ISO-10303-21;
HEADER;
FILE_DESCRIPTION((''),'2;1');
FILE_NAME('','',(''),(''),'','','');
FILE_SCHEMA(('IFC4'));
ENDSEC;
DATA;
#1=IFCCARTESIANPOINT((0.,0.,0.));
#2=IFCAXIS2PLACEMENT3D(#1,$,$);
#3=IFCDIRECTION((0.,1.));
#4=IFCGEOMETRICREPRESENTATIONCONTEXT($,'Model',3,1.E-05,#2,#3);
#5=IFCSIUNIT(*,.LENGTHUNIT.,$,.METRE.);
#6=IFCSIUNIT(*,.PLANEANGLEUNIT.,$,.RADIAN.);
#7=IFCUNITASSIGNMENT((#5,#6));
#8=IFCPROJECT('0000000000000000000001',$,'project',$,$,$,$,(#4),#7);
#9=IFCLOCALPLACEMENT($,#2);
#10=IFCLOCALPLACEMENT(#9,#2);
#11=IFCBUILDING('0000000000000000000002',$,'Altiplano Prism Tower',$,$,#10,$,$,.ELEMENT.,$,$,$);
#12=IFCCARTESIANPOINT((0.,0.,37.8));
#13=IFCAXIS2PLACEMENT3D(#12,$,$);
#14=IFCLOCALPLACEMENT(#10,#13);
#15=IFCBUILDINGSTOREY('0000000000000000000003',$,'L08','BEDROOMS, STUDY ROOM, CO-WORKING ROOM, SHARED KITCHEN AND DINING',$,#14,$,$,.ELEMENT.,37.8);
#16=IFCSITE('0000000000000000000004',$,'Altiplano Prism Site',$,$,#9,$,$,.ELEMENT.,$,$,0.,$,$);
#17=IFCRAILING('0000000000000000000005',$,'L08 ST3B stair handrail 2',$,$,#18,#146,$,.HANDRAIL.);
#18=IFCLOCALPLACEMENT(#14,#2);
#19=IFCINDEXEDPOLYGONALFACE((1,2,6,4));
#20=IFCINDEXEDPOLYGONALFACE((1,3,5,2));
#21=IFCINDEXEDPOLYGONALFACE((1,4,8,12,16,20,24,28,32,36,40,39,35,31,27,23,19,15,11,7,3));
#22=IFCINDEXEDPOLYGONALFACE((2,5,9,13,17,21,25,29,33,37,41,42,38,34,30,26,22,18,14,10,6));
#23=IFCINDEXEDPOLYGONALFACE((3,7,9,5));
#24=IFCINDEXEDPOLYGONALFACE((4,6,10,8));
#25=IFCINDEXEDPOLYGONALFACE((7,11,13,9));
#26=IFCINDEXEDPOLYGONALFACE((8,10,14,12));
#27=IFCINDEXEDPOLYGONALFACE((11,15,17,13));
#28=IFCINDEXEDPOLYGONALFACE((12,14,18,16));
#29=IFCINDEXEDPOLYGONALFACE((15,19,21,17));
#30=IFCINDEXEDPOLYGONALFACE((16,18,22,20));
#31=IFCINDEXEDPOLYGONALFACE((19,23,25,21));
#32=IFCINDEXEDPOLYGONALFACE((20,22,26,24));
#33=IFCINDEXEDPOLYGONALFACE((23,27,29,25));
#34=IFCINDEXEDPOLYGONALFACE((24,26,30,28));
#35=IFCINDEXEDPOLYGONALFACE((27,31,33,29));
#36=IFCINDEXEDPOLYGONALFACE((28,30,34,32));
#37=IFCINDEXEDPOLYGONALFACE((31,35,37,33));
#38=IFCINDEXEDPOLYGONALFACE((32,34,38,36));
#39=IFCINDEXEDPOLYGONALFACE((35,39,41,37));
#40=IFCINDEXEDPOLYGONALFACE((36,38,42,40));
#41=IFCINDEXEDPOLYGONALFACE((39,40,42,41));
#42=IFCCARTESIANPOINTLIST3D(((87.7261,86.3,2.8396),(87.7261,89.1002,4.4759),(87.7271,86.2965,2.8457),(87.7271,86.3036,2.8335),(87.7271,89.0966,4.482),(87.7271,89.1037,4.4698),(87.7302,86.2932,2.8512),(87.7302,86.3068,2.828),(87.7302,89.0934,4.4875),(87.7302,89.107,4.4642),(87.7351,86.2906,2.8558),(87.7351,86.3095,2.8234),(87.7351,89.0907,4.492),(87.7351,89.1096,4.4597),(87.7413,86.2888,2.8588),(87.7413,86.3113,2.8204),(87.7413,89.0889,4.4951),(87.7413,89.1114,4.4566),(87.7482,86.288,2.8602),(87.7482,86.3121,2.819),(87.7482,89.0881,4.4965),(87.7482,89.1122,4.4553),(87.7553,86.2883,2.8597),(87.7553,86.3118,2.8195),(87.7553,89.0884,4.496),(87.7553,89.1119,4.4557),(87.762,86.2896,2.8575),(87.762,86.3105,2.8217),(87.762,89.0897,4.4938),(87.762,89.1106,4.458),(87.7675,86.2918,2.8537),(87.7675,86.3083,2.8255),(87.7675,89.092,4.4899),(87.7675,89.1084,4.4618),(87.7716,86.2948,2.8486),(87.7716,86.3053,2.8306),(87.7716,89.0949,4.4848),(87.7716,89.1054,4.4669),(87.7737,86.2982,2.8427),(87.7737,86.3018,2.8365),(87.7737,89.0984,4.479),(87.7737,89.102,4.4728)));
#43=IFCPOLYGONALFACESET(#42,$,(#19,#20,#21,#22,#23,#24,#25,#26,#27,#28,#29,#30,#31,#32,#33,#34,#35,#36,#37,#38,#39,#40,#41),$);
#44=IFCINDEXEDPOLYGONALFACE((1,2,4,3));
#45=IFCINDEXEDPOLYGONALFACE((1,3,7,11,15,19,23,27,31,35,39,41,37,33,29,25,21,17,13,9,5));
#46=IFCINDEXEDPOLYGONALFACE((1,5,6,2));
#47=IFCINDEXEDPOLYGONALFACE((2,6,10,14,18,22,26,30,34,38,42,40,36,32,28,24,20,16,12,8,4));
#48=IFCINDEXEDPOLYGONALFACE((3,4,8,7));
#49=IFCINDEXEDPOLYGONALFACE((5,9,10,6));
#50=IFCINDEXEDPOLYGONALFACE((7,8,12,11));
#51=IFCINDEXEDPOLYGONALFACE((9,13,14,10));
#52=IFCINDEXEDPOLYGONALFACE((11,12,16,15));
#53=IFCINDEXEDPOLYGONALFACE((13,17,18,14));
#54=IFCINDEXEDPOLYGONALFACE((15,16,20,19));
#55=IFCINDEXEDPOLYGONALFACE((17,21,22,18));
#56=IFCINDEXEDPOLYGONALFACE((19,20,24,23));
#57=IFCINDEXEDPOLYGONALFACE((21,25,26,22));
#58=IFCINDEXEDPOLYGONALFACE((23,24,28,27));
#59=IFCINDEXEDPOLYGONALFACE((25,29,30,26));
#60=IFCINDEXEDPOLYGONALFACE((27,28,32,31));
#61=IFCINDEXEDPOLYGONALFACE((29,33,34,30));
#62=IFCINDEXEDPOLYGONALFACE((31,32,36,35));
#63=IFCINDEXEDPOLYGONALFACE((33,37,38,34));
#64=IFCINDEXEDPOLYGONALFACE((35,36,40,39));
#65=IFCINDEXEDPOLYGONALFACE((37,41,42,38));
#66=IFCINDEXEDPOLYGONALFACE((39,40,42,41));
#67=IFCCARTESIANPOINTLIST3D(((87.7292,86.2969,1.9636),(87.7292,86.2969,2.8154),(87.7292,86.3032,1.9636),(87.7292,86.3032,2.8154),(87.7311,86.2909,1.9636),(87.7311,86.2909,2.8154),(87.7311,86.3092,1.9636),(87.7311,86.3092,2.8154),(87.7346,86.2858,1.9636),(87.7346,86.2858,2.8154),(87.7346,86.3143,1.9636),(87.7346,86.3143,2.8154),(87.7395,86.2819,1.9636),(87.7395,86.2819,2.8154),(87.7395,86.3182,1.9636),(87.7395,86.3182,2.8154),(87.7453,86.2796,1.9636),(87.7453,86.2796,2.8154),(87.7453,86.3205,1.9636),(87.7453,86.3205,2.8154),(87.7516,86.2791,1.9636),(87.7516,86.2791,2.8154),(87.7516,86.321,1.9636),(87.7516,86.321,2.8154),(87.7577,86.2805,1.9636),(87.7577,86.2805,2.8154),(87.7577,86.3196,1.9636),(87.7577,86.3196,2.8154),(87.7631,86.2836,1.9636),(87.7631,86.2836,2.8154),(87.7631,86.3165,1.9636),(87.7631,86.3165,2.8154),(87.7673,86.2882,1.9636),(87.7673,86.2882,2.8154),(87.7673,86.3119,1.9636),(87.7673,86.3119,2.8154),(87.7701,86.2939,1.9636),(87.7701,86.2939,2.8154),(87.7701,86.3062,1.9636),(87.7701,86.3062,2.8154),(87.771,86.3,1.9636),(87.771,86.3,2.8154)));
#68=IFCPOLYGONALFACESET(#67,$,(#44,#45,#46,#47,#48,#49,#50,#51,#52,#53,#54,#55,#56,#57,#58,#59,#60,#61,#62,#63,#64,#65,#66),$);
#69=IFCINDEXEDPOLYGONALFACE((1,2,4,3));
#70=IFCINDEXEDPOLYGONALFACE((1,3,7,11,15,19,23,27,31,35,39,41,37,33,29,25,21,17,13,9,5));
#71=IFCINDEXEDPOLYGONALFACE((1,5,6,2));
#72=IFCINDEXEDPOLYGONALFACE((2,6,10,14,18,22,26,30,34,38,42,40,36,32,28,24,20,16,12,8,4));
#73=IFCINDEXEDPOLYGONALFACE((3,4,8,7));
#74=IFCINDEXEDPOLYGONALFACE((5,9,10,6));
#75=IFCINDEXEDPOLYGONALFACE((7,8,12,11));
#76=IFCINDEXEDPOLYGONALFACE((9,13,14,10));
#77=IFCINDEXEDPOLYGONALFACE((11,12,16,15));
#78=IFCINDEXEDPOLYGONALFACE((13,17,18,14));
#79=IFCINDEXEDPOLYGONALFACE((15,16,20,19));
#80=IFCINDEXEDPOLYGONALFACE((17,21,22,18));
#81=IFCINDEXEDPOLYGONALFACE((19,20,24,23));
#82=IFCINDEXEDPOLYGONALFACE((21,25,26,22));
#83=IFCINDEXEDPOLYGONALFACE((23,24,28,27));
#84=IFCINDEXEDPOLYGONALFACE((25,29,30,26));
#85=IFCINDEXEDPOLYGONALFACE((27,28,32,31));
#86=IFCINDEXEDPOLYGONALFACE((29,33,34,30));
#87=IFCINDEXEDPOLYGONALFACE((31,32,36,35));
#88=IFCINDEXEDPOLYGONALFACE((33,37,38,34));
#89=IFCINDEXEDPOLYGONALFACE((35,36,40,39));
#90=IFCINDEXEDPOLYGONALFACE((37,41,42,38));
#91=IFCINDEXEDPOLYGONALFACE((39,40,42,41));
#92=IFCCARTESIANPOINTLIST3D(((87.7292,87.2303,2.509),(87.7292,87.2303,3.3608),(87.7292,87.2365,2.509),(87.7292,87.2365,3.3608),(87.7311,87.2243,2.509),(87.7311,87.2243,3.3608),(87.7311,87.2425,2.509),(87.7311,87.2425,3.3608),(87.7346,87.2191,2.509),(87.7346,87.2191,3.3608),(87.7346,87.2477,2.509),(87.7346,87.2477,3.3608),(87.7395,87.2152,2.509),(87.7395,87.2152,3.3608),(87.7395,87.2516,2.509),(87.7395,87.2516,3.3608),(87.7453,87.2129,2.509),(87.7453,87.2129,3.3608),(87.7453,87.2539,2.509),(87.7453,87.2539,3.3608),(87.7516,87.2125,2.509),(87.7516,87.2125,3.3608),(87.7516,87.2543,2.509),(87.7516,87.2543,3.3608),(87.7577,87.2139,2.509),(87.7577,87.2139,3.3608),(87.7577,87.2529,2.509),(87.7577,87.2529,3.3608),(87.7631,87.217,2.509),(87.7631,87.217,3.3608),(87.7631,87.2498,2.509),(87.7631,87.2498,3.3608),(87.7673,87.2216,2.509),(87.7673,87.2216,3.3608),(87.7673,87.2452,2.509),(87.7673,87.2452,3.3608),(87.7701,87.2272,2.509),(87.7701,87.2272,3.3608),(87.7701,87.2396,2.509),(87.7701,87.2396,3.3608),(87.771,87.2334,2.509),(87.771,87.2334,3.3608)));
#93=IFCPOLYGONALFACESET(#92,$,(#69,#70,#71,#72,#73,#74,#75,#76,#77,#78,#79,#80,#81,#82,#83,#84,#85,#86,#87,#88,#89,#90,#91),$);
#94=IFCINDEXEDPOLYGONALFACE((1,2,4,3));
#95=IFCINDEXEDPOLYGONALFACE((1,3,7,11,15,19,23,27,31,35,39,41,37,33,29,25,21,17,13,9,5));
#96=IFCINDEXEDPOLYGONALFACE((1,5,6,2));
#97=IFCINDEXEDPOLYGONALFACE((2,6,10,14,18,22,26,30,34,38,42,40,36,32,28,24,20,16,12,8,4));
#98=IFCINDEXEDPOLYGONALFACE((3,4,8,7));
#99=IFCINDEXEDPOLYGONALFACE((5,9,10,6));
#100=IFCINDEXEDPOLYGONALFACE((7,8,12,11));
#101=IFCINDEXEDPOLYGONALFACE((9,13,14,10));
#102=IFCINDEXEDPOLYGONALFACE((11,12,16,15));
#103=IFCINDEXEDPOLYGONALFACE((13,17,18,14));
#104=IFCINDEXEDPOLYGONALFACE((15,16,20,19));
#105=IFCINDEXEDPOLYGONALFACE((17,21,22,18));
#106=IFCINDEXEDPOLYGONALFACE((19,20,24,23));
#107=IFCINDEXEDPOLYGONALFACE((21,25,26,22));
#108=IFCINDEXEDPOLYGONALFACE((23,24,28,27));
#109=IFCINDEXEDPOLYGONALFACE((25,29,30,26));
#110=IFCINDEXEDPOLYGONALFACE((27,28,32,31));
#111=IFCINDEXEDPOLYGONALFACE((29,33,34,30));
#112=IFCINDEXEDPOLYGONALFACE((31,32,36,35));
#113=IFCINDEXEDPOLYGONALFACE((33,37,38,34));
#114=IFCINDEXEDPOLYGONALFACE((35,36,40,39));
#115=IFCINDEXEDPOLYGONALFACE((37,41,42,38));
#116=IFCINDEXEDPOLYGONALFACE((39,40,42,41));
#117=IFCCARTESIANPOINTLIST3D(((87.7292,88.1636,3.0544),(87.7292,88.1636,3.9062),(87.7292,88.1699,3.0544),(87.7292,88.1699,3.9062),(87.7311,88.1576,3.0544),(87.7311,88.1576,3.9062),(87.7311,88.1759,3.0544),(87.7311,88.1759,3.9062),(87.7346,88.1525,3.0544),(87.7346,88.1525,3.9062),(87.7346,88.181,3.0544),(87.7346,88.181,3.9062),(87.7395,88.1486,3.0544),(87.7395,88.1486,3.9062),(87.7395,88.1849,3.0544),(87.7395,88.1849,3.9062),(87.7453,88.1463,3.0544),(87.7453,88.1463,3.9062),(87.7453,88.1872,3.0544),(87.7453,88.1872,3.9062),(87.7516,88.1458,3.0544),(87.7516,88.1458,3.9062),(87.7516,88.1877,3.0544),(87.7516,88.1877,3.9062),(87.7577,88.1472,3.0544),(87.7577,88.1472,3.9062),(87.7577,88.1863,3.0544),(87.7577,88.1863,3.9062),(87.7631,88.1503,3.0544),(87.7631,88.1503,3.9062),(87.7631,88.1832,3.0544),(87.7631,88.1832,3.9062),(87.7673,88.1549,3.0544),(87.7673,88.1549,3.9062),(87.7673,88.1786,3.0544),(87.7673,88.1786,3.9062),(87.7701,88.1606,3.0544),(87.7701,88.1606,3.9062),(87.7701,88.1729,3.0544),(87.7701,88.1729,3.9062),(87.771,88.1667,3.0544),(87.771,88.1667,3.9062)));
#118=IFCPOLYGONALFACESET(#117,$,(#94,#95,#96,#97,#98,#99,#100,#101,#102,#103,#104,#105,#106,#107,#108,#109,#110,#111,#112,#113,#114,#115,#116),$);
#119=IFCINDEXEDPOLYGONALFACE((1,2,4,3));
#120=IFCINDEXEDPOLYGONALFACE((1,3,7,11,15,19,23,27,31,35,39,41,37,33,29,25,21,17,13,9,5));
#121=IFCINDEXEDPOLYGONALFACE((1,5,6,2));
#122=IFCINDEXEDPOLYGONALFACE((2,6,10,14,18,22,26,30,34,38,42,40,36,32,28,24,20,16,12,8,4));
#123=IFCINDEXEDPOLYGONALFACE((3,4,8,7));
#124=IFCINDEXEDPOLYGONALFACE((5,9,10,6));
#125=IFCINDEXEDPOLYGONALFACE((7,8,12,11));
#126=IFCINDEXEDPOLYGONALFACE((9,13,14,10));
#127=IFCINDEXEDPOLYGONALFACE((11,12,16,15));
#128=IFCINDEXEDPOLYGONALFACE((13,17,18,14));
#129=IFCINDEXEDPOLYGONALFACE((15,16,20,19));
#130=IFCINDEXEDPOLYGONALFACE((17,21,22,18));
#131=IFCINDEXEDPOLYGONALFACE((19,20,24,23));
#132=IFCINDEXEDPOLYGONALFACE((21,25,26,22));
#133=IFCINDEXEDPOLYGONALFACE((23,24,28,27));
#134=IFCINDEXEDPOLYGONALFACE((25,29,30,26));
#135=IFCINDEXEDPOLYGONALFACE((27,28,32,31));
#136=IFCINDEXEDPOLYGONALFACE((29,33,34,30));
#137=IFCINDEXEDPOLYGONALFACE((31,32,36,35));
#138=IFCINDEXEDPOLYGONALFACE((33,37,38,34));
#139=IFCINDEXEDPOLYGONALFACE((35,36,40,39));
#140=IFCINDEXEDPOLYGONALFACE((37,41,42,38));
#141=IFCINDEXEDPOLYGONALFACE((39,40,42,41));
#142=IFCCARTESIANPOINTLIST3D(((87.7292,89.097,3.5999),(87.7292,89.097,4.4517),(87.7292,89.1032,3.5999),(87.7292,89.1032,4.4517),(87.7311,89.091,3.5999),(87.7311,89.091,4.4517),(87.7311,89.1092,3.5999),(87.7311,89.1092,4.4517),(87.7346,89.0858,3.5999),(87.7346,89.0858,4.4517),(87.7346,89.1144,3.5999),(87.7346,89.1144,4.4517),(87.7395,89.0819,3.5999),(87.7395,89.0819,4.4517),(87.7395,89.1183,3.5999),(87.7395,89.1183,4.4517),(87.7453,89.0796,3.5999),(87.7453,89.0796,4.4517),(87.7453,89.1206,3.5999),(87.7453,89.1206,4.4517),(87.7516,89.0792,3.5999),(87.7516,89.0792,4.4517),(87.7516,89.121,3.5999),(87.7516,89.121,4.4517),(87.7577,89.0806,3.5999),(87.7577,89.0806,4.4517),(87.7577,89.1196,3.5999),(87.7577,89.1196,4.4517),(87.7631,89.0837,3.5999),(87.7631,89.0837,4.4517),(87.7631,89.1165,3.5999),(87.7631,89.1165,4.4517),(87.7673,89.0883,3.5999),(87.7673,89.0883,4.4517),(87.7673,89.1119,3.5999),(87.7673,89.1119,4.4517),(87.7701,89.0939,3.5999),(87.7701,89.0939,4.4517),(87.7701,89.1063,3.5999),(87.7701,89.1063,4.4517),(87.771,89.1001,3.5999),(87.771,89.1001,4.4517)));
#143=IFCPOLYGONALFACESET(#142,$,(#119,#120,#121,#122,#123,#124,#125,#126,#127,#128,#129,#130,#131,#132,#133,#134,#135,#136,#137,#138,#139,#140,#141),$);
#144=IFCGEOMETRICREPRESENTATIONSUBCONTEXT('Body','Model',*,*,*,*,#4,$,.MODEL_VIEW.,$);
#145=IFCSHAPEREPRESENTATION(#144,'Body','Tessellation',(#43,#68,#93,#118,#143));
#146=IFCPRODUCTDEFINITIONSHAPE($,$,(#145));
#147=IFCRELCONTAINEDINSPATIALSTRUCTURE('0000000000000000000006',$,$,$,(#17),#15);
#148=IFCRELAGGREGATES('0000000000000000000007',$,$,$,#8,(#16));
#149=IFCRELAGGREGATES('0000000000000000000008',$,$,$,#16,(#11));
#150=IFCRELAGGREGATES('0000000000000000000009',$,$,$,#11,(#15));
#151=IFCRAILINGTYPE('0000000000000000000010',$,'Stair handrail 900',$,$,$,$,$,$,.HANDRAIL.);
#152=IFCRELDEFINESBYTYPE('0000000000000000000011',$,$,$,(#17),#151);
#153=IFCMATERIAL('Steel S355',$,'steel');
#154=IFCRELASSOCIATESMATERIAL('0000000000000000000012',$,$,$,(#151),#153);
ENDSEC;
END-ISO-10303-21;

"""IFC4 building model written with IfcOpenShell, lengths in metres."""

from ifc_helpers import new_model, si_unit, direction, frame, origin, origin_2d, place, context, subcontext, project, spatial, circle, extrude, material, type_object, element, save


model = new_model("IFC4")

# Units and contexts
model_context = context("Model", 3, precision=1e-05, world=origin(), true_north=direction((0.0, 1.0)))
body_context = subcontext(model_context, "Body", "Model", "MODEL_VIEW")
ifc_project = project(units=[si_unit("LENGTHUNIT", "METRE"), si_unit("PLANEANGLEUNIT", "RADIAN")], contexts=[model_context])

# Site, building, storey
site_placement = place(None, origin())
site = spatial("IfcSite", under=ifc_project, at=site_placement, Name="Altiplano Prism Site", CompositionType="ELEMENT", RefElevation=0.0)
building_placement = place(site_placement, origin())
building = spatial("IfcBuilding", under=site, at=building_placement, Name="Altiplano Prism Tower", CompositionType="ELEMENT")
storey_placement = place(building_placement, frame((0.0, 0.0, 37.8)))
storey = spatial("IfcBuildingStorey", under=building, at=storey_placement, Name="L08", Description="BEDROOMS, STUDY ROOM, CO-WORKING ROOM, SHARED KITCHEN AND DINING", CompositionType="ELEMENT", Elevation=37.8)

# Railing
ifc_material_1 = material(Name="Steel S355", Category="steel")
railing_type_1 = type_object("IfcRailingType", Name="Stair handrail 900", PredefinedType="HANDRAIL", material=ifc_material_1)
railing_1_placement = place(storey_placement, frame((87.75, 86.3, 1.9636)))
element("IfcRailing", 1, at=railing_1_placement, inside=storey, type_object=railing_type_1, Name="L08 ST3B stair handrail 2", PredefinedType="HANDRAIL", context=body_context, shape_type="SweptSolid", body=[
    extrude(circle(Radius=0.0239, at=origin_2d()), frame((0.0, 0.0, 0.876), z_axis=(0.0, 0.863394, 0.504531), x_axis=(-1.0, 0.0, 0.0)), (0.0, 0.0, 1.0), 3.2432),
    extrude(circle(Radius=0.021, at=origin_2d()), origin(), (0.0, 0.0, 1.0), 0.8518),
    extrude(circle(Radius=0.021, at=origin_2d()), frame((0.0, 0.9333, 0.5454)), (0.0, 0.0, 1.0), 0.8518),
    extrude(circle(Radius=0.021, at=origin_2d()), frame((0.0, 1.8667, 1.0908)), (0.0, 0.0, 1.0), 0.8518),
    extrude(circle(Radius=0.021, at=origin_2d()), frame((0.0, 2.8, 1.6362)), (0.0, 0.0, 1.0), 0.8518),
])

save(model, "model.ifc")
